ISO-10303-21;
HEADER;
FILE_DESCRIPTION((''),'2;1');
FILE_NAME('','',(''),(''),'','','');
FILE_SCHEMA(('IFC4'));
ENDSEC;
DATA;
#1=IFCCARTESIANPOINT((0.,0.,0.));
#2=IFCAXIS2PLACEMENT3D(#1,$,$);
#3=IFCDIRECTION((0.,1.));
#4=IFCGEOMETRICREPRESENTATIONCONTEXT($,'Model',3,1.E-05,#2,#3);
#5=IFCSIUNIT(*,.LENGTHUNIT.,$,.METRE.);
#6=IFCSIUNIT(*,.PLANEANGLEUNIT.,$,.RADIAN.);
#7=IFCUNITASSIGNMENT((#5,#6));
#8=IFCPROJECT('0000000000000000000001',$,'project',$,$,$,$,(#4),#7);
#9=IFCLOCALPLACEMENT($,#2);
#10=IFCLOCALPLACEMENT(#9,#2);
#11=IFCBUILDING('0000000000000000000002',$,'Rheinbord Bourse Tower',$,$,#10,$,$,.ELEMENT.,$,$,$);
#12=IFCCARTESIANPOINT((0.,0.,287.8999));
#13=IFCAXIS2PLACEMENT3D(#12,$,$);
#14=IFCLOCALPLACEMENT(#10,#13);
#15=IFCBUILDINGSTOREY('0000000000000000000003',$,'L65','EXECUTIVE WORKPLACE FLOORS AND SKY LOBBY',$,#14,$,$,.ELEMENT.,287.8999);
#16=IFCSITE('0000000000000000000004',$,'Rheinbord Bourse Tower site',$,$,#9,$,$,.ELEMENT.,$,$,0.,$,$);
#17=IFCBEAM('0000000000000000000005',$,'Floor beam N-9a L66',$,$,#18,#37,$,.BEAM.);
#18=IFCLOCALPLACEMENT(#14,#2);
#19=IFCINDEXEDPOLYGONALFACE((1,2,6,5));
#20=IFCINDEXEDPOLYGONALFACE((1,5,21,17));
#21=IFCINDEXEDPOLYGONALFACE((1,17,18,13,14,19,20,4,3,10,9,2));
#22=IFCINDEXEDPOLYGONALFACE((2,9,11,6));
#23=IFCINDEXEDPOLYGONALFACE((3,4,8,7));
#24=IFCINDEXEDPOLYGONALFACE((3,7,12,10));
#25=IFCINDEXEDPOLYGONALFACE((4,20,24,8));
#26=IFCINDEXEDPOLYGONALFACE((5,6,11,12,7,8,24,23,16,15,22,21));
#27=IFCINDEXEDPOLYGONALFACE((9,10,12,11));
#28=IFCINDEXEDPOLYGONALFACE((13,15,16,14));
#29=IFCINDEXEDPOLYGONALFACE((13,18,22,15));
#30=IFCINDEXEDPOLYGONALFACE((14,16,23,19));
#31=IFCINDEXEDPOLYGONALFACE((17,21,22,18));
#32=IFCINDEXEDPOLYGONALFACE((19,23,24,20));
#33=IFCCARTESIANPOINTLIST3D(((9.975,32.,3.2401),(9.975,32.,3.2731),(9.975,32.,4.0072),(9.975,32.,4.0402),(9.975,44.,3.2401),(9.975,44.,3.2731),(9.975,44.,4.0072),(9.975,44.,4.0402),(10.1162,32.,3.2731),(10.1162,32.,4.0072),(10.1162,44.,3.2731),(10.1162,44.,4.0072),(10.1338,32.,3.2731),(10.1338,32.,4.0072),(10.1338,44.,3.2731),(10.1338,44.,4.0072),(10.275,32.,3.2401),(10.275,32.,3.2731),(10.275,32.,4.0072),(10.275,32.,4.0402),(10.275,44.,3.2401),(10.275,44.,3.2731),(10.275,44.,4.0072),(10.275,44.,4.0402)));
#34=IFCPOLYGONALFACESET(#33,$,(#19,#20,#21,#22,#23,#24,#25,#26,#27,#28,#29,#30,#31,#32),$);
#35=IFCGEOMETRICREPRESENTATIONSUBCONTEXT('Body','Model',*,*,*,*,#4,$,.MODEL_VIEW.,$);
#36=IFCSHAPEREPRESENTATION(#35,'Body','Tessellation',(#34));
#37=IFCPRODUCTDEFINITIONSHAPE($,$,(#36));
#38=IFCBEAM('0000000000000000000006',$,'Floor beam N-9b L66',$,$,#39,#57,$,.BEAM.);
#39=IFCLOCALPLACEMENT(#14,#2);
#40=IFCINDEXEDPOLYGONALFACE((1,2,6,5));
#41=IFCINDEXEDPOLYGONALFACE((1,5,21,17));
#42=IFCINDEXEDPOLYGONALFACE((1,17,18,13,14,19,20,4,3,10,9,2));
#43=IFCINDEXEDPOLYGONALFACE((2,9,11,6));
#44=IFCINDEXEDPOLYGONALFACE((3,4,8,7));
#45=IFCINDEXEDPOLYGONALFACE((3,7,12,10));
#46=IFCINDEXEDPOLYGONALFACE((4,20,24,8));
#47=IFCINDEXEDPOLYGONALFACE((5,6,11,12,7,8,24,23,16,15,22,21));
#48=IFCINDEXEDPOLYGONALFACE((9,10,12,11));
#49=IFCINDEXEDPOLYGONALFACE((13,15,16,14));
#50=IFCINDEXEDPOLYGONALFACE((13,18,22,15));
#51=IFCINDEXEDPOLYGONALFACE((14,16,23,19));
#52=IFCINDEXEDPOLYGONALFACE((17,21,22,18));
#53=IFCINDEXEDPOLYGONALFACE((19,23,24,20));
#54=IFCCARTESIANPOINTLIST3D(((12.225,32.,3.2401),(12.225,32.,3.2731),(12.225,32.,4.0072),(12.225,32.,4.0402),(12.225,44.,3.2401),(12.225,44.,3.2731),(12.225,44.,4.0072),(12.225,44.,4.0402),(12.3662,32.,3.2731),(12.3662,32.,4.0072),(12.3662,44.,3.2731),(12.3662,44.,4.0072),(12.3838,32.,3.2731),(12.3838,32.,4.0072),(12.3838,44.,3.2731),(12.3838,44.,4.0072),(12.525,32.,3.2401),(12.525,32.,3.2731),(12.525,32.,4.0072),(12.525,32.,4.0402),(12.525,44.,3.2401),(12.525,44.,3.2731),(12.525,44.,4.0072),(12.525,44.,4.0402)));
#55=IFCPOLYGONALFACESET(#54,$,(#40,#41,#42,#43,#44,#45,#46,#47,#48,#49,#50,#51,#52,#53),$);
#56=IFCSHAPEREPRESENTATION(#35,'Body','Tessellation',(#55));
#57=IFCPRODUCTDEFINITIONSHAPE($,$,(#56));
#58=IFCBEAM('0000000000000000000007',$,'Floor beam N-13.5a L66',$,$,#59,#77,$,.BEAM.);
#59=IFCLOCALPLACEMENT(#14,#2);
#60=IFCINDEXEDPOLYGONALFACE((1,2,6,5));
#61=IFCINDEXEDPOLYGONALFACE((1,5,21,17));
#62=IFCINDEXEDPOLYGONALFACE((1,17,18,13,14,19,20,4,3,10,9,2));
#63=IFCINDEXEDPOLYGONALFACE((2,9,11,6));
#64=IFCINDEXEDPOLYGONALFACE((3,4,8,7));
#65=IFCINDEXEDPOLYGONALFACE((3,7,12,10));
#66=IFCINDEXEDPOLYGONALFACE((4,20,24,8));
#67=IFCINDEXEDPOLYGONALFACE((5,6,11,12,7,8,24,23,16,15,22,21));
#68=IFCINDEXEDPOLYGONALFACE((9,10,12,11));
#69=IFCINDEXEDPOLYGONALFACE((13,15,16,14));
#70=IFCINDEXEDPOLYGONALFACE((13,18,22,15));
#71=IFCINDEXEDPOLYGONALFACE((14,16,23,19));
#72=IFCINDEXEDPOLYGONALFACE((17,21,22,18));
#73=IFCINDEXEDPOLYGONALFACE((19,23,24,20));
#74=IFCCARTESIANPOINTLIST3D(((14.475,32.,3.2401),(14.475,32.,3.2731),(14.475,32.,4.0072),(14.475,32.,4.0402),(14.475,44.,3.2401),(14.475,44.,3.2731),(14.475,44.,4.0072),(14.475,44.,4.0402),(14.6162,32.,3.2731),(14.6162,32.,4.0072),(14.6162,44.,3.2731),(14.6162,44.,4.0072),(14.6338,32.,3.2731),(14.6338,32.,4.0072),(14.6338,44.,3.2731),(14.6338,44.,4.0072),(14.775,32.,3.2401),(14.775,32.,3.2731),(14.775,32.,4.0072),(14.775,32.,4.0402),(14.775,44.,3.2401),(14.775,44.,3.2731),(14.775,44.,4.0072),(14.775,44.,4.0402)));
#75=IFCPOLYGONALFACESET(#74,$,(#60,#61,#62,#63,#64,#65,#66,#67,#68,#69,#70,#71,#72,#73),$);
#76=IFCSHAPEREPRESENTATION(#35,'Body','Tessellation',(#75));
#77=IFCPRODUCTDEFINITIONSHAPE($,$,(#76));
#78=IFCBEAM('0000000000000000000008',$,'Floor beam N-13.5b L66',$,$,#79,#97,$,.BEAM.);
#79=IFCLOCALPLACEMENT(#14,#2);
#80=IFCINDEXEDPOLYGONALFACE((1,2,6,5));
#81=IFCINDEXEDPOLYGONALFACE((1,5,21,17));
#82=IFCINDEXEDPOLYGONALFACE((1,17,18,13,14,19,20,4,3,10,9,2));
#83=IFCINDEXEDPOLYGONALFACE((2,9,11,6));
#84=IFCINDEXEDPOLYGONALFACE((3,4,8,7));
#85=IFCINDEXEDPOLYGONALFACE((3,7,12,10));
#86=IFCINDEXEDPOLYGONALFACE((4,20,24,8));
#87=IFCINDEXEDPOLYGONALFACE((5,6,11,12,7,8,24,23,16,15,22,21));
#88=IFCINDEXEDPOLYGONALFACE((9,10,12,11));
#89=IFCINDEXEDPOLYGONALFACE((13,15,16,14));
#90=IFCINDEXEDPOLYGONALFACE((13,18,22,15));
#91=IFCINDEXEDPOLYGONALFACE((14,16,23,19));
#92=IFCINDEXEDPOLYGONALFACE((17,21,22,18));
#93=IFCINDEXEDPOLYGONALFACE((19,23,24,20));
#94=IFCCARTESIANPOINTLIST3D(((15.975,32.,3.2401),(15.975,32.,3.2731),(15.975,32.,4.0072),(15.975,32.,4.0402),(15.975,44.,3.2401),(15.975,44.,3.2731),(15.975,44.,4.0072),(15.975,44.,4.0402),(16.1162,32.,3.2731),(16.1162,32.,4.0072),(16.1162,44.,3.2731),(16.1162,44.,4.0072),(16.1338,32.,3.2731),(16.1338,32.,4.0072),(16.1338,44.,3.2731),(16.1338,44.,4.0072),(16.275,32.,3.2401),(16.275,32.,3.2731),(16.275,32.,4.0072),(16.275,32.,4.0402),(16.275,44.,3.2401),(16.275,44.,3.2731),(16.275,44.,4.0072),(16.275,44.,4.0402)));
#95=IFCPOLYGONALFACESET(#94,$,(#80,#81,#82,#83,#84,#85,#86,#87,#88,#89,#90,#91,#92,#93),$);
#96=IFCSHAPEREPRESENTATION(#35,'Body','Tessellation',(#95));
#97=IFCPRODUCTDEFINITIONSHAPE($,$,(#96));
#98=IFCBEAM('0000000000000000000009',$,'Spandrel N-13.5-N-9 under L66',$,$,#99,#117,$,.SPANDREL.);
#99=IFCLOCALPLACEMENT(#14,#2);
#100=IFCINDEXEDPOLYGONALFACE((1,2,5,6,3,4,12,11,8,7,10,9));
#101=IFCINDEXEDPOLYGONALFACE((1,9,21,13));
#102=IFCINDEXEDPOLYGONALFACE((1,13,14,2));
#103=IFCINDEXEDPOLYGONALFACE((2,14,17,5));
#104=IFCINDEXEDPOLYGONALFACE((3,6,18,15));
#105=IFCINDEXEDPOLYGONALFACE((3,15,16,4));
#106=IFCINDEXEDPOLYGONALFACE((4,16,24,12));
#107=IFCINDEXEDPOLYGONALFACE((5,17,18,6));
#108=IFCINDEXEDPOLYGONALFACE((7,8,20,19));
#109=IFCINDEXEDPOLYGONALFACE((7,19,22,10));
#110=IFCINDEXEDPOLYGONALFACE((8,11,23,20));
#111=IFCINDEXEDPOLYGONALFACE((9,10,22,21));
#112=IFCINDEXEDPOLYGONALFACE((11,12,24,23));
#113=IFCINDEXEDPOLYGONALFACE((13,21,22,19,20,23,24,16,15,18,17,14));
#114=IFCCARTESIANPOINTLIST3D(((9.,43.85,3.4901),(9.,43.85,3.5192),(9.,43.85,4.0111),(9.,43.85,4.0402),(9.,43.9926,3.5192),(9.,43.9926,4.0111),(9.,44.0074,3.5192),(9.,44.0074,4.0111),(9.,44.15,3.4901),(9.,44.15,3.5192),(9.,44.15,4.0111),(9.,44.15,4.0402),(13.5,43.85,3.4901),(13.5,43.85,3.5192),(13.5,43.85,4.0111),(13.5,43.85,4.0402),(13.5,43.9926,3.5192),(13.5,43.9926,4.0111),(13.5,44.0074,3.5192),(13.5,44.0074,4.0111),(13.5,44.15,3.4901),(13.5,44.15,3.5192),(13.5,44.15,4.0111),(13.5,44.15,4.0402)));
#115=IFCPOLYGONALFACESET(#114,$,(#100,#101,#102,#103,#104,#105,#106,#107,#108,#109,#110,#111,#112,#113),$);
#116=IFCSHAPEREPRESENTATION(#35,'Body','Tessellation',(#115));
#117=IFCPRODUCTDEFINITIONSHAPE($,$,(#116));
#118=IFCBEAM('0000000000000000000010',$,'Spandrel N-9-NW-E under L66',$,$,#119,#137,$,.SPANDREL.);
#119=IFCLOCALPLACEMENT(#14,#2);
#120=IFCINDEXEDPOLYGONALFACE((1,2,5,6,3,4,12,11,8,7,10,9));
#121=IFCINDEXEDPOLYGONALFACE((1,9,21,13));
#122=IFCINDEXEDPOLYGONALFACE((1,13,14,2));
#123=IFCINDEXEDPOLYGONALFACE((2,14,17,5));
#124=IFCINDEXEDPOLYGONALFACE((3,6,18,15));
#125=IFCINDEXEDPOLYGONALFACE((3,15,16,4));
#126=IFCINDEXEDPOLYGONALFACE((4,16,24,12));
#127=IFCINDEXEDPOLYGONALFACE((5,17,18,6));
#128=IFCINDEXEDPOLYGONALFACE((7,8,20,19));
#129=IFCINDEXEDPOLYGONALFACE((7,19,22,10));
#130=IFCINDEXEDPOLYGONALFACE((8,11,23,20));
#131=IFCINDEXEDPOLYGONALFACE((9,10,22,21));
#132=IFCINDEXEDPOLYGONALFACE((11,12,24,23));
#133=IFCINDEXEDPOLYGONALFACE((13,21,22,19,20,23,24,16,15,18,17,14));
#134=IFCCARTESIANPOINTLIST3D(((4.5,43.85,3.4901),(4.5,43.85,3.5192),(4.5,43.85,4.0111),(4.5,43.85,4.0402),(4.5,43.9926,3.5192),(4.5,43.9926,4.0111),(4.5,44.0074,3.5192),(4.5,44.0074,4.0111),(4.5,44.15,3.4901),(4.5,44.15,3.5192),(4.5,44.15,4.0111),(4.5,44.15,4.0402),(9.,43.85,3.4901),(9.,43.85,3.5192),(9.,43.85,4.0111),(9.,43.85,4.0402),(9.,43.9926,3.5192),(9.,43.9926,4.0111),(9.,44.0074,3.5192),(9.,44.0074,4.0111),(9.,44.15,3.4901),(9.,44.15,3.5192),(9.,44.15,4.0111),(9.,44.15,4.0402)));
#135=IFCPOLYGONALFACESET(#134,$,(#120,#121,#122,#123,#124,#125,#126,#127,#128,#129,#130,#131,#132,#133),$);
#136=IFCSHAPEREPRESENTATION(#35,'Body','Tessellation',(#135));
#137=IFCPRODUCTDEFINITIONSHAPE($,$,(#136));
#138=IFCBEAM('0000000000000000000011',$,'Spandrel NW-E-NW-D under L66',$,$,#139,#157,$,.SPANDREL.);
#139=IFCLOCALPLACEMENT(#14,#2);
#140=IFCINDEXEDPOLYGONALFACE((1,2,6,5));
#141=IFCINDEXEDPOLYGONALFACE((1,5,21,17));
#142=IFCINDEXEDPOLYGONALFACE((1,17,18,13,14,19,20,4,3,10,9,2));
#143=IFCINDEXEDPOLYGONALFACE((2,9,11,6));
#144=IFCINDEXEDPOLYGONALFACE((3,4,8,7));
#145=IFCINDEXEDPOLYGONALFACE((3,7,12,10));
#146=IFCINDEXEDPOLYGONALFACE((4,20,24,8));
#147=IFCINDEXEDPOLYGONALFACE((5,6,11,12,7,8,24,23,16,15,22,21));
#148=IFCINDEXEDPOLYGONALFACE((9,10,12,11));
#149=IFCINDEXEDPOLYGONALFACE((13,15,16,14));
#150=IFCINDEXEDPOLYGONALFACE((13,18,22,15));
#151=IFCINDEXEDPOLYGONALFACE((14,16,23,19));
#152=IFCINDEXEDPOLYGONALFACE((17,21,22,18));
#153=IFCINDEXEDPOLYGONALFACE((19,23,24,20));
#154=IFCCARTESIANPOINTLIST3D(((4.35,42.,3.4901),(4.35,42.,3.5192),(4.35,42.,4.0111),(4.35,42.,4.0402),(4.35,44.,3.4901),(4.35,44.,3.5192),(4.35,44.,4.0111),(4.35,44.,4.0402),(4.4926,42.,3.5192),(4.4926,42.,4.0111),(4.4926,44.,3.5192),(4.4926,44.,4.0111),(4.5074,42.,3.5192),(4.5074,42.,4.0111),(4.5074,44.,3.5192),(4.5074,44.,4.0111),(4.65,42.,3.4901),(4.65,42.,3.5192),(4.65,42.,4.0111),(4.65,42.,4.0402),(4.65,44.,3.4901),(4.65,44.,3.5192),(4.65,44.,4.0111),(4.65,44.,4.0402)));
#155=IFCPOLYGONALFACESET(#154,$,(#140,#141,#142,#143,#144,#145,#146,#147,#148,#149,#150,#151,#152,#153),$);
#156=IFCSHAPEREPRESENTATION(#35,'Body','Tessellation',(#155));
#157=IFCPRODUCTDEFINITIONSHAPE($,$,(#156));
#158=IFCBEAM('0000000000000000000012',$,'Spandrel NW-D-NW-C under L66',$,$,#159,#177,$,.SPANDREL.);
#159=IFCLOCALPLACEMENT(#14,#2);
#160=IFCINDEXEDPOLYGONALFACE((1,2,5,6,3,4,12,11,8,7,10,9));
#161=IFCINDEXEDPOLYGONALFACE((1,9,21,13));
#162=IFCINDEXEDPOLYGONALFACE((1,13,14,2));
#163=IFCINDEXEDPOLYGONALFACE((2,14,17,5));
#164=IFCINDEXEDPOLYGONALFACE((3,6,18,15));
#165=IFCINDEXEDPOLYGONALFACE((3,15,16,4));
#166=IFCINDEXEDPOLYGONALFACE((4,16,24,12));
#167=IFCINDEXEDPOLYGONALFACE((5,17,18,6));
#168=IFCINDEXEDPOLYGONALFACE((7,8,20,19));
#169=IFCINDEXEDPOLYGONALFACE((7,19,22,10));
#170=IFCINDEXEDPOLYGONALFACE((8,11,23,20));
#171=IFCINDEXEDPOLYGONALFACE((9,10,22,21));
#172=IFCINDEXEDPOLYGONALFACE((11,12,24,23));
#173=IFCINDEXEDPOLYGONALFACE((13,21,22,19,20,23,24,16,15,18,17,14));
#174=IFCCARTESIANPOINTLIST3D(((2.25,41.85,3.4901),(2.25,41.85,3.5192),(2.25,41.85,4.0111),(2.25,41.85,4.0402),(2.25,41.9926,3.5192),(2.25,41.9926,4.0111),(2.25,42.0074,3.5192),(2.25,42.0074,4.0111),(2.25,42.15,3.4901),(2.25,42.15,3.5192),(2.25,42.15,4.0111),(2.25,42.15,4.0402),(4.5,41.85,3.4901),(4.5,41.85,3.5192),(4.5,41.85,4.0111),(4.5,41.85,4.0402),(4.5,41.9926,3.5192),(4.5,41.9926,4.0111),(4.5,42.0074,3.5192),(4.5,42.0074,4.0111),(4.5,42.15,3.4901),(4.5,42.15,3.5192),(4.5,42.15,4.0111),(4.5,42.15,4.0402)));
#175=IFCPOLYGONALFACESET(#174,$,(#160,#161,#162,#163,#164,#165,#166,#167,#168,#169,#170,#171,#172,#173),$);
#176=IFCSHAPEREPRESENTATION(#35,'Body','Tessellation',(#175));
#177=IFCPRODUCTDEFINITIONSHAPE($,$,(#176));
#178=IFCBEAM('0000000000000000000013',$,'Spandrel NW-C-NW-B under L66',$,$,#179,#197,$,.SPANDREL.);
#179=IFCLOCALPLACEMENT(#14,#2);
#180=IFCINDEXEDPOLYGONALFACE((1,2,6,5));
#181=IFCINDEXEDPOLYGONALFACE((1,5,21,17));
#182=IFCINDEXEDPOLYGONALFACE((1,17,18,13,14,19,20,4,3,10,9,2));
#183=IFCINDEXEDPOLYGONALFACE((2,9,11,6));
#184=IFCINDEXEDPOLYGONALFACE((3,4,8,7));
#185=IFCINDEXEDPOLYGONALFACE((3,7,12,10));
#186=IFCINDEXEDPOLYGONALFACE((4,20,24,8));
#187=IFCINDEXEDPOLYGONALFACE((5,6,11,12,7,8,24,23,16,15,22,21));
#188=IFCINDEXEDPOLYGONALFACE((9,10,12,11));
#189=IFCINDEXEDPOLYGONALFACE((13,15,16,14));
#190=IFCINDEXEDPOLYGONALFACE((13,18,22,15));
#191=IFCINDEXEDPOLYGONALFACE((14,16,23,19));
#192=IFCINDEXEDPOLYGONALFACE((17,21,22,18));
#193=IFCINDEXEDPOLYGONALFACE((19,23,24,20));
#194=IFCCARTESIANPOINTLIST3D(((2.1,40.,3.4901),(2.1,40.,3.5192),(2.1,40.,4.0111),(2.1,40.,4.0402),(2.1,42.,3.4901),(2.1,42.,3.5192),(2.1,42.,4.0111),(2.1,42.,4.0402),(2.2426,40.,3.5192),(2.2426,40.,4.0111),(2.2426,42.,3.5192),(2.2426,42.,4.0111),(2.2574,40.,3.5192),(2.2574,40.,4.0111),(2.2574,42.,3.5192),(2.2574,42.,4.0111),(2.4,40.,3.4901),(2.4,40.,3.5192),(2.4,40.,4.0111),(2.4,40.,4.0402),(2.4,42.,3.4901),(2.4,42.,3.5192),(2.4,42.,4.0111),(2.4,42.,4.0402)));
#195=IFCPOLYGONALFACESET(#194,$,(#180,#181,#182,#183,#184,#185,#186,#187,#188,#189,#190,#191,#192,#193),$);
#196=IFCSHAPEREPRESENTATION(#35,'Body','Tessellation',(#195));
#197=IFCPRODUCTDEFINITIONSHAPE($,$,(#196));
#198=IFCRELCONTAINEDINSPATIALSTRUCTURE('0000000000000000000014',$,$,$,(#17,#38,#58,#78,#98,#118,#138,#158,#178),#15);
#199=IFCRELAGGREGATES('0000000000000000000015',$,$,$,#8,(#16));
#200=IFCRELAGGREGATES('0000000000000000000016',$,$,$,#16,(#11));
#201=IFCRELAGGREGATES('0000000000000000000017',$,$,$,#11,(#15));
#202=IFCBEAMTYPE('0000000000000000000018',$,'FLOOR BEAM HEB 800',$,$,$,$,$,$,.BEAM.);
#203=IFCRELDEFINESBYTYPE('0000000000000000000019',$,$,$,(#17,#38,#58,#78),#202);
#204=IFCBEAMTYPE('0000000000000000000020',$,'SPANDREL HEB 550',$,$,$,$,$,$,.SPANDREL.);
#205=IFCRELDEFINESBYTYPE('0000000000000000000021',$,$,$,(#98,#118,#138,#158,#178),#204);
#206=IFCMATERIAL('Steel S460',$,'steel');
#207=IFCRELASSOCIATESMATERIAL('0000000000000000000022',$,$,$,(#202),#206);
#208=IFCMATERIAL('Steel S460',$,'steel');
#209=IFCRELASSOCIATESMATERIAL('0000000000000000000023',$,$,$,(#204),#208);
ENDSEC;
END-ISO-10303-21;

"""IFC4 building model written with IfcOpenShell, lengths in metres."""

from ifc_helpers import new_model, si_unit, direction, frame, origin, origin_2d, place, context, subcontext, project, spatial, i_section, extrude, material, material_profile, profile_set, type_object, element, save


model = new_model("IFC4")

# Units and contexts
model_context = context("Model", 3, precision=1e-05, world=origin(), true_north=direction((0.0, 1.0)))
body_context = subcontext(model_context, "Body", "Model", "MODEL_VIEW")
ifc_project = project(units=[si_unit("LENGTHUNIT", "METRE"), si_unit("PLANEANGLEUNIT", "RADIAN")], contexts=[model_context])

# Site, building, storey
site_placement = place(None, origin())
site = spatial("IfcSite", under=ifc_project, at=site_placement, Name="Rheinbord Bourse Tower site", CompositionType="ELEMENT", RefElevation=0.0)
building_placement = place(site_placement, origin())
building = spatial("IfcBuilding", under=site, at=building_placement, Name="Rheinbord Bourse Tower", CompositionType="ELEMENT")
storey_placement = place(building_placement, frame((0.0, 0.0, 287.8999)))
storey = spatial("IfcBuildingStorey", under=building, at=storey_placement, Name="L65", Description="EXECUTIVE WORKPLACE FLOORS AND SKY LOBBY", CompositionType="ELEMENT", Elevation=287.8999)

# Beams
ifc_material_1 = material(Name="Steel S460", Category="steel")
ifc_material_profile_1 = material_profile(ifc_material_1, i_section(OverallWidth=0.3, OverallDepth=0.8, WebThickness=0.0176, FlangeThickness=0.033, at=origin_2d()), Name="HEB 800")
ifc_profile_set_1 = profile_set([ifc_material_profile_1], Name="Steel S460")
beam_type_1 = type_object("IfcBeamType", Name="FLOOR BEAM HEB 800", PredefinedType="BEAM", material=ifc_profile_set_1)
for number, where, z_axis, x_axis, name in (
    (1, (10.125, 44.0, 3.6401), (0.0, -1.0, 0.0), (1.0, 0.0, 0.0), "Floor beam N-9a L66"),
    (2, (12.375, 44.0, 3.6401), (0.0, -1.0, 0.0), (1.0, 0.0, 0.0), "Floor beam N-9b L66"),
    (3, (14.625, 44.0, 3.6401), (0.0, -1.0, 0.0), (1.0, 0.0, 0.0), "Floor beam N-13.5a L66"),
    (4, (16.125, 44.0, 3.6401), (0.0, -1.0, 0.0), (1.0, 0.0, 0.0), "Floor beam N-13.5b L66"),
):
    element("IfcBeam", number, at=place(storey_placement, frame(where, z_axis=z_axis, x_axis=x_axis)), inside=storey, type_object=beam_type_1, Name=name, PredefinedType="BEAM", context=body_context, shape_type="SweptSolid", body=[
        extrude(i_section(OverallWidth=0.3, OverallDepth=0.8, WebThickness=0.0176, FlangeThickness=0.033, at=origin_2d()), origin(), (0.0, 0.0, 1.0), 12.0),
    ])
ifc_material_2 = material(Name="Steel S460", Category="steel")
ifc_material_profile_2 = material_profile(ifc_material_2, i_section(OverallWidth=0.3, OverallDepth=0.55, WebThickness=0.0149, FlangeThickness=0.0291, at=origin_2d()), Name="HEB 550")
ifc_profile_set_2 = profile_set([ifc_material_profile_2], Name="Steel S460")
beam_type_2 = type_object("IfcBeamType", Name="SPANDREL HEB 550", PredefinedType="SPANDREL", material=ifc_profile_set_2)
for number, where, z_axis, x_axis, name in (
    (5, (13.5, 44.0, 3.7651), (-1.0, 0.0, 0.0), (0.0, -1.0, 0.0), "Spandrel N-13.5-N-9 under L66"),
    (6, (9.0, 44.0, 3.7651), (-1.0, 0.0, 0.0), (0.0, -1.0, 0.0), "Spandrel N-9-NW-E under L66"),
):
    element("IfcBeam", number, at=place(storey_placement, frame(where, z_axis=z_axis, x_axis=x_axis)), inside=storey, type_object=beam_type_2, Name=name, PredefinedType="SPANDREL", context=body_context, shape_type="SweptSolid", body=[
        extrude(i_section(OverallWidth=0.3, OverallDepth=0.55, WebThickness=0.0149, FlangeThickness=0.0291, at=origin_2d()), origin(), (0.0, 0.0, 1.0), 4.5),
    ])
beam_1_placement = place(storey_placement, frame((4.5, 44.0, 3.7651), z_axis=(0.0, -1.0, 0.0), x_axis=(1.0, 0.0, 0.0)))
element("IfcBeam", 7, at=beam_1_placement, inside=storey, type_object=beam_type_2, Name="Spandrel NW-E-NW-D under L66", PredefinedType="SPANDREL", context=body_context, shape_type="SweptSolid", body=[
    extrude(i_section(OverallWidth=0.3, OverallDepth=0.55, WebThickness=0.0149, FlangeThickness=0.0291, at=origin_2d()), origin(), (0.0, 0.0, 1.0), 2.0),
])
beam_2_placement = place(storey_placement, frame((4.5, 42.0, 3.7651), z_axis=(-1.0, 0.0, 0.0), x_axis=(0.0, -1.0, 0.0)))
element("IfcBeam", 8, at=beam_2_placement, inside=storey, type_object=beam_type_2, Name="Spandrel NW-D-NW-C under L66", PredefinedType="SPANDREL", context=body_context, shape_type="SweptSolid", body=[
    extrude(i_section(OverallWidth=0.3, OverallDepth=0.55, WebThickness=0.0149, FlangeThickness=0.0291, at=origin_2d()), origin(), (0.0, 0.0, 1.0), 2.25),
])
beam_3_placement = place(storey_placement, frame((2.25, 42.0, 3.7651), z_axis=(0.0, -1.0, 0.0), x_axis=(1.0, 0.0, 0.0)))
element("IfcBeam", 9, at=beam_3_placement, inside=storey, type_object=beam_type_2, Name="Spandrel NW-C-NW-B under L66", PredefinedType="SPANDREL", context=body_context, shape_type="SweptSolid", body=[
    extrude(i_section(OverallWidth=0.3, OverallDepth=0.55, WebThickness=0.0149, FlangeThickness=0.0291, at=origin_2d()), origin(), (0.0, 0.0, 1.0), 2.0),
])

save(model, "model.ifc")
